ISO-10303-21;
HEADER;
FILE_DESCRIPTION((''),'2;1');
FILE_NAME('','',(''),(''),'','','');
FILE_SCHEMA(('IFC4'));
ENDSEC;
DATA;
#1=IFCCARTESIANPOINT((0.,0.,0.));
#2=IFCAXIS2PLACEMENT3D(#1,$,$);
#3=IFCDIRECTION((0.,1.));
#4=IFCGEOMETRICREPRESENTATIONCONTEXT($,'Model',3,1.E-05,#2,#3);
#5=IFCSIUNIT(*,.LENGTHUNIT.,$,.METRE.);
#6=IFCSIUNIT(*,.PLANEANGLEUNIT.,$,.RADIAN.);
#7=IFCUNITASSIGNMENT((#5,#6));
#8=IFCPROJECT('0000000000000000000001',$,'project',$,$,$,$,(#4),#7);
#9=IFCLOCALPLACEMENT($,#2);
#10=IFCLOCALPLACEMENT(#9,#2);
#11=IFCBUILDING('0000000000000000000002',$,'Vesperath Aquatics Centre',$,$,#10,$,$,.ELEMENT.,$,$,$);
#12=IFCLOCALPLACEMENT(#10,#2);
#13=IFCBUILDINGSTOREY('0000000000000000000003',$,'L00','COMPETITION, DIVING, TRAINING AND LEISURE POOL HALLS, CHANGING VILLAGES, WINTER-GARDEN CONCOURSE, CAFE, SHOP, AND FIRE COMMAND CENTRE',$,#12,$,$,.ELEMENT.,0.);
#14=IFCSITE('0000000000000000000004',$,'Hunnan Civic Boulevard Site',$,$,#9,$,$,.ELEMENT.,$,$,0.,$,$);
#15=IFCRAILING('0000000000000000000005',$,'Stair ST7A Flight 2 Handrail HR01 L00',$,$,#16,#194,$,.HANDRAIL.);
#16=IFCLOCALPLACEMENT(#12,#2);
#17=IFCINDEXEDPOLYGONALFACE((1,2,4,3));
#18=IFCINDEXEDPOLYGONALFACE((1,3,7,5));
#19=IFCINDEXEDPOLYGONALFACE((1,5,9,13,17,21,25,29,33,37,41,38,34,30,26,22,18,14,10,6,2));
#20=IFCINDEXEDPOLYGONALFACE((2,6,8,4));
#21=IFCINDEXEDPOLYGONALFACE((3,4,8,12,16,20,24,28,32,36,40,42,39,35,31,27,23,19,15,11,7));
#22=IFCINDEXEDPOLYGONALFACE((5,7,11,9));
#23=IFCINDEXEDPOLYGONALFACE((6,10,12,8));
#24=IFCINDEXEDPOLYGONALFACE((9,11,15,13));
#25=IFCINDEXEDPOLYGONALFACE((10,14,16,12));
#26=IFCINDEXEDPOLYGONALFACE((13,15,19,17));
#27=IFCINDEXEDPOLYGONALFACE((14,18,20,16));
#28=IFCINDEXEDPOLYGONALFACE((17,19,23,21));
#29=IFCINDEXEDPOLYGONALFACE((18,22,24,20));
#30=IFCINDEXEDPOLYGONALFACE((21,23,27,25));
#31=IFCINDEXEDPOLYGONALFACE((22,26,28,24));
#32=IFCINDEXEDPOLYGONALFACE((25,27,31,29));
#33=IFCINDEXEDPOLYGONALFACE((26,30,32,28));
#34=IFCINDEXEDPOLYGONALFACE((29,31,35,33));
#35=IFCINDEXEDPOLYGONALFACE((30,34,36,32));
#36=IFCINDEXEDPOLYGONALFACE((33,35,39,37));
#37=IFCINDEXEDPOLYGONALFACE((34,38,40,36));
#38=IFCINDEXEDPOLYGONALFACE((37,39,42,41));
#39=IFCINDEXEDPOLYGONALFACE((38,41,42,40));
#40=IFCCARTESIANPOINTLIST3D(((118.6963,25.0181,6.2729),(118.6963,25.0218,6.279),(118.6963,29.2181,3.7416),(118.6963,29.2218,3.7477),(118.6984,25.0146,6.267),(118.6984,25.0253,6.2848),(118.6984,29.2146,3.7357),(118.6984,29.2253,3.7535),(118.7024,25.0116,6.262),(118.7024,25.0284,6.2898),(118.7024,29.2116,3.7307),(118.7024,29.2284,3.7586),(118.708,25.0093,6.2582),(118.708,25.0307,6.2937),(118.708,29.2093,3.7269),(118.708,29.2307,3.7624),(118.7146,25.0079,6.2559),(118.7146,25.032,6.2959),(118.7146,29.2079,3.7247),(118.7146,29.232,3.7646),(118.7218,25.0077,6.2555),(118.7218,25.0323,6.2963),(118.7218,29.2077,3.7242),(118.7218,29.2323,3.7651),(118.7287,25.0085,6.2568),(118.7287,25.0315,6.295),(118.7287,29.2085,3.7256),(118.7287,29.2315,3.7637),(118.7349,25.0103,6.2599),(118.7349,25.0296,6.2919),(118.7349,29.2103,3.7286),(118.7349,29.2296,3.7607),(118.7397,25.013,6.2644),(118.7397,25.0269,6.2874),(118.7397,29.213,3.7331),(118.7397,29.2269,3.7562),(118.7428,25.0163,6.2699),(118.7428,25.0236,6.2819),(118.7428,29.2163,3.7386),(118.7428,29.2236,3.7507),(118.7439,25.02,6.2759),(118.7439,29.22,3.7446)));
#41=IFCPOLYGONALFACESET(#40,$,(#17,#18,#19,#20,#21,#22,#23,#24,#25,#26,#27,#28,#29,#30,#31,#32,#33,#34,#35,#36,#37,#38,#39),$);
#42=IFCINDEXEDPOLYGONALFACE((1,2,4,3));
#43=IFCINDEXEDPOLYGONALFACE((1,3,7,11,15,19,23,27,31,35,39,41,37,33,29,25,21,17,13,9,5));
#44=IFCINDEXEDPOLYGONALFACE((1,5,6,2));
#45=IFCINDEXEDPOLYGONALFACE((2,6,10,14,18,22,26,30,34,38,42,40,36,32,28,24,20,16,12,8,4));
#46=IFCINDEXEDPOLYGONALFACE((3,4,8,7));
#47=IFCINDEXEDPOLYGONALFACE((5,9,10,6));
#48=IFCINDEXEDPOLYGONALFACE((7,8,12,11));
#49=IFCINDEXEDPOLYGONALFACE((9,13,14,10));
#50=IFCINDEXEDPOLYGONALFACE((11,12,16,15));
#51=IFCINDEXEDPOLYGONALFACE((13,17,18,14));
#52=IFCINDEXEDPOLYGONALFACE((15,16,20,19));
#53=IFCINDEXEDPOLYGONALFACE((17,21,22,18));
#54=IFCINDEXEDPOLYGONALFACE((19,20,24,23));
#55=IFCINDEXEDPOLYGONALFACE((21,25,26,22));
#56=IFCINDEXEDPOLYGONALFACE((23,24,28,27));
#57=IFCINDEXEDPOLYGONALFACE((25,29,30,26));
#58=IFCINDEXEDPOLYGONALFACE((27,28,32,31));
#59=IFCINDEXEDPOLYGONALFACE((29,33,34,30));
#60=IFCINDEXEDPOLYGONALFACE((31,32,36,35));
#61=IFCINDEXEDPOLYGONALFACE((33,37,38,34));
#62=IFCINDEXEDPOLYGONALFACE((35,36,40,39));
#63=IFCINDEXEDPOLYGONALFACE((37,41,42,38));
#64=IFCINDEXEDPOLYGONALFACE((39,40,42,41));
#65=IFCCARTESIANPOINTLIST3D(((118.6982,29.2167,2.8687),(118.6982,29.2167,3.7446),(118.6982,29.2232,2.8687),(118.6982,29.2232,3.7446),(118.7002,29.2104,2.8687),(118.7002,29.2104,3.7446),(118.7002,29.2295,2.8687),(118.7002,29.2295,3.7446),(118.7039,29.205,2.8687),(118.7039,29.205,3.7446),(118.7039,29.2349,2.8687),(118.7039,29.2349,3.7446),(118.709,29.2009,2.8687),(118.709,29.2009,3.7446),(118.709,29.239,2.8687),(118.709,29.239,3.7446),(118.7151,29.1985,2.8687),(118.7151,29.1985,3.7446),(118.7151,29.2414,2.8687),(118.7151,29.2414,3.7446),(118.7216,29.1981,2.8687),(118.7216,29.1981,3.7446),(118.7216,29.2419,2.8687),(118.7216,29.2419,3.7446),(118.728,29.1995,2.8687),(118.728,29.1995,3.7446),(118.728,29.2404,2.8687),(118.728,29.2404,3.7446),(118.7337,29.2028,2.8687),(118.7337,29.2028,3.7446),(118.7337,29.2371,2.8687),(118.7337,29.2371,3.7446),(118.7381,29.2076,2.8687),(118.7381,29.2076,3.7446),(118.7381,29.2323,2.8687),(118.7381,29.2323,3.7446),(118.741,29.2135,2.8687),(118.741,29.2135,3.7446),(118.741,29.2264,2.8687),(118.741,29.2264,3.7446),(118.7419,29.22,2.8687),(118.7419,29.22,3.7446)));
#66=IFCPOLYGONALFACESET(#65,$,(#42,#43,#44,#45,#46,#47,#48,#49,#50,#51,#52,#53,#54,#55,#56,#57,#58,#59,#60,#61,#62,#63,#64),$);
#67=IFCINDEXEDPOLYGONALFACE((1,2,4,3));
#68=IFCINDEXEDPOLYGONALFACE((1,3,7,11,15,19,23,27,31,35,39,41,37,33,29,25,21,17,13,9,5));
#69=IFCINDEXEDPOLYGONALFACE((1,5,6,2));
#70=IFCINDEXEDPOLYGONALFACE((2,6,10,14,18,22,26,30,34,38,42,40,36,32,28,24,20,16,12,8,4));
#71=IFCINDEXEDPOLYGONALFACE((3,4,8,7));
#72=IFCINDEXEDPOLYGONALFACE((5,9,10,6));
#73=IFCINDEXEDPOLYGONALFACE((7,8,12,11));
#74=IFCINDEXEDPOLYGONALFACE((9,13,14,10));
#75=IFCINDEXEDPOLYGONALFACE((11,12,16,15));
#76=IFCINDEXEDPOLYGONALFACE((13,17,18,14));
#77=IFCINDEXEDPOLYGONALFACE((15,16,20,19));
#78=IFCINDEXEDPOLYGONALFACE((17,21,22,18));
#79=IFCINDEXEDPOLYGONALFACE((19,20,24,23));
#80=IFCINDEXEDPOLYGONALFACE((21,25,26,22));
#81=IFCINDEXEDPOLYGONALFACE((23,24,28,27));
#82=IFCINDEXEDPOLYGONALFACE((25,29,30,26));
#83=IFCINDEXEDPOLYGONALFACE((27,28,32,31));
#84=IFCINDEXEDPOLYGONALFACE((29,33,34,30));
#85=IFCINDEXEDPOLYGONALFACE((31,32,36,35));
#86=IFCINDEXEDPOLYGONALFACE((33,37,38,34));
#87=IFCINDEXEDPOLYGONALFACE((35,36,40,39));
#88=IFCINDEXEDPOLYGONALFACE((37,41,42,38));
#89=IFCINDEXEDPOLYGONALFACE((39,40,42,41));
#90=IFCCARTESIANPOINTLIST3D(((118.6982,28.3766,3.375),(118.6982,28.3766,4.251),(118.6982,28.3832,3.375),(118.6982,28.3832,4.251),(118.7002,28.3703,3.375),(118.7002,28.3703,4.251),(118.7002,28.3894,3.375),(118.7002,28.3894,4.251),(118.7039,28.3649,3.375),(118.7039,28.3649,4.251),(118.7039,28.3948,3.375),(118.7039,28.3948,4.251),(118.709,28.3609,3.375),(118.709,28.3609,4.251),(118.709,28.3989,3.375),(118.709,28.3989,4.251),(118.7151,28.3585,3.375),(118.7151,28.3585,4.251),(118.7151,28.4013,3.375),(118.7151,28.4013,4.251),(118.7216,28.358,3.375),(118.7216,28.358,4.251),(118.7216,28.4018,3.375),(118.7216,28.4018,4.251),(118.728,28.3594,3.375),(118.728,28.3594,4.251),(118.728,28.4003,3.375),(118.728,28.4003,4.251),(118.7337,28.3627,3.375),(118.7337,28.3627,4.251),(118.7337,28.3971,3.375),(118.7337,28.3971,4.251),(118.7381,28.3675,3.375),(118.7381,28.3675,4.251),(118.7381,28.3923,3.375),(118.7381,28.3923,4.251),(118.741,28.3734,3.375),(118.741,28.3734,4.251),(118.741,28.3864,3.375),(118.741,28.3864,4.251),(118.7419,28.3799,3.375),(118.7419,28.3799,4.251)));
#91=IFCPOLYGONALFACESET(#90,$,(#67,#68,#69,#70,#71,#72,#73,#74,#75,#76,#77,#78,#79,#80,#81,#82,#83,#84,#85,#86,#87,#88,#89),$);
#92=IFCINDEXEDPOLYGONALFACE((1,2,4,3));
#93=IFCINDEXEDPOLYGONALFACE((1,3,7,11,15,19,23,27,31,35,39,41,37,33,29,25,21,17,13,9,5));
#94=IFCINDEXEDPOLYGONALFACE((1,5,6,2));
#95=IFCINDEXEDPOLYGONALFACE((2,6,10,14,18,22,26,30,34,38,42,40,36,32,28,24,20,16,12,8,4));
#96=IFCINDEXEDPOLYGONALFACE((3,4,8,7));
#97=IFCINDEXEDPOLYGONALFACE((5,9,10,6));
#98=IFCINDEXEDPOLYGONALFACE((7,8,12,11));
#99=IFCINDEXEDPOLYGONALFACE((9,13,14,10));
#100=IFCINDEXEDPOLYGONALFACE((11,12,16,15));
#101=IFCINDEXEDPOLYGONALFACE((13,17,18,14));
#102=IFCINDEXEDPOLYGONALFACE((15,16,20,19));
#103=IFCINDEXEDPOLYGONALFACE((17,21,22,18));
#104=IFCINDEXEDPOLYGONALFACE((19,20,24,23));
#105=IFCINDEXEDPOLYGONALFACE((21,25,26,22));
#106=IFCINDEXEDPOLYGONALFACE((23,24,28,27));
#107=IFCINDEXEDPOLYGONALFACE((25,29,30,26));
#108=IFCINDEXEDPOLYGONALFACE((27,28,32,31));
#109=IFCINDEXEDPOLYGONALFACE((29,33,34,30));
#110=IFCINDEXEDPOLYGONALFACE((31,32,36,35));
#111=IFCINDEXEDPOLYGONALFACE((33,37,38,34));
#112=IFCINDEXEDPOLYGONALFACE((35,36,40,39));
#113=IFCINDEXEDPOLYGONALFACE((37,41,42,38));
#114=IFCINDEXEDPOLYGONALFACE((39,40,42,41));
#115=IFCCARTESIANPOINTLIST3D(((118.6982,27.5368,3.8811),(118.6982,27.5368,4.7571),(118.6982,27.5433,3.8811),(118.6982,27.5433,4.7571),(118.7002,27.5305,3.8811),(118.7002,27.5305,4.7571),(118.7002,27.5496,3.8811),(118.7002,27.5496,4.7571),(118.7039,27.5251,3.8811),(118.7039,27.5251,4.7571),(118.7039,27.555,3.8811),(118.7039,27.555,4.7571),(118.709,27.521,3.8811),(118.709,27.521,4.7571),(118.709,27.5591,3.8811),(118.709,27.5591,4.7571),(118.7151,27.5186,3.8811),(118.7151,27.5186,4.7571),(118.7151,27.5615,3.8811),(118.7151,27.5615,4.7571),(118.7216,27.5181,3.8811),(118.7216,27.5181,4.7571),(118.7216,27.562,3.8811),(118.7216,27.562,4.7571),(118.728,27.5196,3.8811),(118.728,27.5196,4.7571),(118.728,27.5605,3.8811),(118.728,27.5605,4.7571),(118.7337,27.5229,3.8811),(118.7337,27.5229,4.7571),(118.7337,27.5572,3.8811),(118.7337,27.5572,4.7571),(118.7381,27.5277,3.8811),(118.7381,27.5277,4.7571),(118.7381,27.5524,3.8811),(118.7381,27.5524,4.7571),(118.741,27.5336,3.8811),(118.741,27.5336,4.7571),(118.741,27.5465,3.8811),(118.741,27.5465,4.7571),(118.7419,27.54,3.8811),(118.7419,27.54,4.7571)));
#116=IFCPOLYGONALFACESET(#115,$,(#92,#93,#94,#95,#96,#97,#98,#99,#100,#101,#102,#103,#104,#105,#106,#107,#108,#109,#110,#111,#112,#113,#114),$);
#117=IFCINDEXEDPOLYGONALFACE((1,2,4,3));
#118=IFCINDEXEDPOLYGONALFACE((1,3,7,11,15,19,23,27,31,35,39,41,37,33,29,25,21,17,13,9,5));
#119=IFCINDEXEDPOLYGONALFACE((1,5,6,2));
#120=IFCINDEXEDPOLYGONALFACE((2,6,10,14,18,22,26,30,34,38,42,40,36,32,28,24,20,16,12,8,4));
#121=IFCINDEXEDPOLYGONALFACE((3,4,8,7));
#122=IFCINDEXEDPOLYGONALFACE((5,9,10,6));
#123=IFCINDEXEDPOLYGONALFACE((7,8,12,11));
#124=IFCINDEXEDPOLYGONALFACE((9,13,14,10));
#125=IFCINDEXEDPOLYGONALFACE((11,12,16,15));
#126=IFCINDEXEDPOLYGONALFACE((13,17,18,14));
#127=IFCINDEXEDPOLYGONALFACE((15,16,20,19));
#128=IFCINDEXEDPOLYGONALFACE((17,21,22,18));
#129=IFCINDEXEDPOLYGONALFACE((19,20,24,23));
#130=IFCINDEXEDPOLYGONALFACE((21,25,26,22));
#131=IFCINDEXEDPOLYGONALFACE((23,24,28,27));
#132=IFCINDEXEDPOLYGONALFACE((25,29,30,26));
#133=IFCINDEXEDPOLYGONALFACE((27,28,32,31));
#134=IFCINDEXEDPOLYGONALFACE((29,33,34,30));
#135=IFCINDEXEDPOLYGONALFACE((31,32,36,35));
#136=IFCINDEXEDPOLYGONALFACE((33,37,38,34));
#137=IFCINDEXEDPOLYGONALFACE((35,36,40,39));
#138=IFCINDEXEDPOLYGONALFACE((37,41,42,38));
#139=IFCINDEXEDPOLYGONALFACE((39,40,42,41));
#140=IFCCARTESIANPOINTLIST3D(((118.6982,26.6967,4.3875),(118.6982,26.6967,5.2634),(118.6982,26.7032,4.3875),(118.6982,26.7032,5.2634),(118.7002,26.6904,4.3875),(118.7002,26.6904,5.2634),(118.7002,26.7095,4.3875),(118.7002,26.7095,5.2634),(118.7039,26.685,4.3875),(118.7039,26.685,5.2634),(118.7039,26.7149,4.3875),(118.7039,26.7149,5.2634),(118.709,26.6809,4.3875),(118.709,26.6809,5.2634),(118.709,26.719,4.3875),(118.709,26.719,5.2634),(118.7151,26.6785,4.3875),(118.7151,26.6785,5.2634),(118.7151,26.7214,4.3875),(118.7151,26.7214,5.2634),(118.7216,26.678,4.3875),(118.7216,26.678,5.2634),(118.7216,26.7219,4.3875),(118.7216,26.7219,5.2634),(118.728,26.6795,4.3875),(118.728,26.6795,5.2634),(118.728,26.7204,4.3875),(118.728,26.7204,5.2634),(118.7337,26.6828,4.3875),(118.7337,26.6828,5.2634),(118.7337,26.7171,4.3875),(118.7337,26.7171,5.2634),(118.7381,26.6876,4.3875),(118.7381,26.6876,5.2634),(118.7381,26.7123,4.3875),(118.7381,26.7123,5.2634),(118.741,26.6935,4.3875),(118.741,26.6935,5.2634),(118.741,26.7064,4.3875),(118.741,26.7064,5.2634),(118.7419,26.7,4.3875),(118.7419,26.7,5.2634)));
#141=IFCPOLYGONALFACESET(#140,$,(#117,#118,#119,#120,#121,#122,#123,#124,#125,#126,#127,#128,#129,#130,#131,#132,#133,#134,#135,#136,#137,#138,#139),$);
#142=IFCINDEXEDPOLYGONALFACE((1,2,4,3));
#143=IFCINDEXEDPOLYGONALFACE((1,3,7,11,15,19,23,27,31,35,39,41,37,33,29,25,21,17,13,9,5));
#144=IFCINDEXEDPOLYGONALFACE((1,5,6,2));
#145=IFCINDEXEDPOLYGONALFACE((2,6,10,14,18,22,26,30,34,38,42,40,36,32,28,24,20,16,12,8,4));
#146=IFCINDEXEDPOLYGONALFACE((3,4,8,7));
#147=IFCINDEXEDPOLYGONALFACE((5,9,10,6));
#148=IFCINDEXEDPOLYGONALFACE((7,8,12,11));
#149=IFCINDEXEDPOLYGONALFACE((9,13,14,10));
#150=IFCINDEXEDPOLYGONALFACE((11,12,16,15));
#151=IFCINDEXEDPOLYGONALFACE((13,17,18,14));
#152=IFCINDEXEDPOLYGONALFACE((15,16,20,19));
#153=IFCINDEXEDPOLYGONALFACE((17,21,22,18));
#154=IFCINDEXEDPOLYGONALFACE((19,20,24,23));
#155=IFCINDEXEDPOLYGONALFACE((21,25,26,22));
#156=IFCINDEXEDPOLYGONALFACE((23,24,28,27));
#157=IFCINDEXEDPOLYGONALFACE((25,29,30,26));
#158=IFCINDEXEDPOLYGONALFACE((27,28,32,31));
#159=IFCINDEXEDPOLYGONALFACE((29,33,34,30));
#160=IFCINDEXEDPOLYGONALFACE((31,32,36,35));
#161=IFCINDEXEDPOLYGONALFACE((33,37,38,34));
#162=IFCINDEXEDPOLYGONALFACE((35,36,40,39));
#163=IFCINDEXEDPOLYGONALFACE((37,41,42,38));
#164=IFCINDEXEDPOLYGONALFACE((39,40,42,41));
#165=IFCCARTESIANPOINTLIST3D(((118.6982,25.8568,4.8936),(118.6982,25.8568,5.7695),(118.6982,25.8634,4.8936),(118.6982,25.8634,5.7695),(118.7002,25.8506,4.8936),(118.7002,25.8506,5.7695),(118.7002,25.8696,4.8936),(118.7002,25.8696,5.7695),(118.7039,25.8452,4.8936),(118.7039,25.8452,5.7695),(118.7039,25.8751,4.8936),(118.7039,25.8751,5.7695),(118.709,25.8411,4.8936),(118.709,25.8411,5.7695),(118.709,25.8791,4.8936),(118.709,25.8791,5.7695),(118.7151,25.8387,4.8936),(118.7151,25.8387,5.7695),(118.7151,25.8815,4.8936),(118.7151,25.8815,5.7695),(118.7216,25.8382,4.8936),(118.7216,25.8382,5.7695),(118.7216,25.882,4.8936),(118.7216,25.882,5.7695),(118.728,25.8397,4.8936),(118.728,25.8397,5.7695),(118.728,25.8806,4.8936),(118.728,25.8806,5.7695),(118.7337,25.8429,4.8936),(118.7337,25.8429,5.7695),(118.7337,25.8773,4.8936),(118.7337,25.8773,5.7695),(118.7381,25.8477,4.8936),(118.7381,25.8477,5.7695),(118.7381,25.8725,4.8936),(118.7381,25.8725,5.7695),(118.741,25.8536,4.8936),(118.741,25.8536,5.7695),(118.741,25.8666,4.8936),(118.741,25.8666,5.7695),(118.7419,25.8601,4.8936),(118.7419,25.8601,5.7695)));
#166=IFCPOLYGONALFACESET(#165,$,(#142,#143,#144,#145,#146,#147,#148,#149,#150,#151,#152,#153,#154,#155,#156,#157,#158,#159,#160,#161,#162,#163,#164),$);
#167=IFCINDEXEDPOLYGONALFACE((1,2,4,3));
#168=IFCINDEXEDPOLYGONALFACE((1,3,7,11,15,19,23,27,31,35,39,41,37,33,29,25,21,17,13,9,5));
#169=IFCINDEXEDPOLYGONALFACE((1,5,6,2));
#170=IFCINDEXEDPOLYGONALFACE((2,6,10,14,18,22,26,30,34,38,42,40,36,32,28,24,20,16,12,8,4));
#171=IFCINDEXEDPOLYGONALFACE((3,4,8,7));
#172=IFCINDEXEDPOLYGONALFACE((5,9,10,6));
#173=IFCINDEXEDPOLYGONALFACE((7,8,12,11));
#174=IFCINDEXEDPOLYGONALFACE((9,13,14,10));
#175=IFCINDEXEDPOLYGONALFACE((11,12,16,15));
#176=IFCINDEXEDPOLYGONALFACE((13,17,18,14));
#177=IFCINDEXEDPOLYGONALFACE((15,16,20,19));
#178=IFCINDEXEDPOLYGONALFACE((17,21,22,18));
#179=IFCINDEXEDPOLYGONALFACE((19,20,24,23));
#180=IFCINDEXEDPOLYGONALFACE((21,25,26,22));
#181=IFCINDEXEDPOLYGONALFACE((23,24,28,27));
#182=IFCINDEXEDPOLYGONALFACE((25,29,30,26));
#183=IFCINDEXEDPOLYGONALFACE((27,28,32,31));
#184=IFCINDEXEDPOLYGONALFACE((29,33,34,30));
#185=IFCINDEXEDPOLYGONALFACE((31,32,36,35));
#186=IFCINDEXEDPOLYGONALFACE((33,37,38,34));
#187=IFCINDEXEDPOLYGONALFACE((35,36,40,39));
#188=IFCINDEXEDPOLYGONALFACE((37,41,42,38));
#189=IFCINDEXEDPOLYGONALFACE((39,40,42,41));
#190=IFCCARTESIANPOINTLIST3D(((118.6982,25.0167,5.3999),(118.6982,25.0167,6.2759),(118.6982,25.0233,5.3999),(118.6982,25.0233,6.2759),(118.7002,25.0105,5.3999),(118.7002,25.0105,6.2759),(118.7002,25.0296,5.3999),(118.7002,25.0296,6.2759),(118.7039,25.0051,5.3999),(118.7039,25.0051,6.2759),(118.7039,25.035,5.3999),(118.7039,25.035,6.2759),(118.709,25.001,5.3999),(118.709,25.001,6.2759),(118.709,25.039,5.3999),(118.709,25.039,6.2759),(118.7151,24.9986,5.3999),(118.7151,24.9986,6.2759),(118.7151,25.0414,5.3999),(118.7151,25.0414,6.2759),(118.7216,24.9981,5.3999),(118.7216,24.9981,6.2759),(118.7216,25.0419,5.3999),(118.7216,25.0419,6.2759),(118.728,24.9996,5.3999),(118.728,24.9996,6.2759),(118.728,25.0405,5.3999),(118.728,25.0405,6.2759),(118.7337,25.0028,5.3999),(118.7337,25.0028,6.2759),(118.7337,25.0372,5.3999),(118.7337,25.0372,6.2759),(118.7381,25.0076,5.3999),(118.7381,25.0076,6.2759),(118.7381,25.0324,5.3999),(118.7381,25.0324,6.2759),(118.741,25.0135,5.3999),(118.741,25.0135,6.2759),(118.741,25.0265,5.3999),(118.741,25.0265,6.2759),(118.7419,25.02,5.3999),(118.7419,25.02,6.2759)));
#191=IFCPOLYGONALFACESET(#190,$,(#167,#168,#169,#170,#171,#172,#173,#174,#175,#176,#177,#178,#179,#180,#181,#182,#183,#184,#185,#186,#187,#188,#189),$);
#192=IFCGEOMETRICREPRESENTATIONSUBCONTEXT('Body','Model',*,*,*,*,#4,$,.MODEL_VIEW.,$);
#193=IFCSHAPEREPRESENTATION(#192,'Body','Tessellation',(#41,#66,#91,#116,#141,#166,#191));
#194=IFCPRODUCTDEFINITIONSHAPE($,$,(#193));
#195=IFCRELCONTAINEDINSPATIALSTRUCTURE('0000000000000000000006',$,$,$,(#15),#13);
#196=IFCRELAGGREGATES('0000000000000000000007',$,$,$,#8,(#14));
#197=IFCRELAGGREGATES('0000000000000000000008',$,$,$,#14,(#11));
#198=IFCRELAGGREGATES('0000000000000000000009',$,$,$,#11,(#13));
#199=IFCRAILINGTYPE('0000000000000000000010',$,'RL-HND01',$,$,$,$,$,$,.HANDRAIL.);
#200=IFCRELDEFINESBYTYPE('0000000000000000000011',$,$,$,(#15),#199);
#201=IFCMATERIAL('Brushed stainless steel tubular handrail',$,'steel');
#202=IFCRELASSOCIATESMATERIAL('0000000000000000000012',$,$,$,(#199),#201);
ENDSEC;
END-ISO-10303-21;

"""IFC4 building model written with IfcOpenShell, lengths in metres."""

from ifc_helpers import new_model, si_unit, direction, frame, origin, origin_2d, place, context, subcontext, project, spatial, circle, extrude, material, type_object, element, save


model = new_model("IFC4")

# Units and contexts
model_context = context("Model", 3, precision=1e-05, world=origin(), true_north=direction((0.0, 1.0)))
body_context = subcontext(model_context, "Body", "Model", "MODEL_VIEW")
ifc_project = project(units=[si_unit("LENGTHUNIT", "METRE"), si_unit("PLANEANGLEUNIT", "RADIAN")], contexts=[model_context])

# Site, building, storey
site_placement = place(None, origin())
site = spatial("IfcSite", under=ifc_project, at=site_placement, Name="Hunnan Civic Boulevard Site", CompositionType="ELEMENT", RefElevation=0.0)
building_placement = place(site_placement, origin())
building = spatial("IfcBuilding", under=site, at=building_placement, Name="Vesperath Aquatics Centre", CompositionType="ELEMENT")
storey_placement = place(building_placement, origin())
storey = spatial("IfcBuildingStorey", under=building, at=storey_placement, Name="L00", Description="COMPETITION, DIVING, TRAINING AND LEISURE POOL HALLS, CHANGING VILLAGES, WINTER-GARDEN CONCOURSE, CAFE, SHOP, AND FIRE COMMAND CENTRE", CompositionType="ELEMENT", Elevation=0.0)

# Railing
ifc_material_1 = material(Name="Brushed stainless steel tubular handrail", Category="steel")
railing_type_1 = type_object("IfcRailingType", Name="RL-HND01", PredefinedType="HANDRAIL", material=ifc_material_1)
railing_1_placement = place(storey_placement, frame((118.72, 29.22, 2.8687)))
element("IfcRailing", 1, at=railing_1_placement, inside=storey, type_object=railing_type_1, Name="Stair ST7A Flight 2 Handrail HR01 L00", PredefinedType="HANDRAIL", context=body_context, shape_type="SweptSolid", body=[
    extrude(circle(Radius=0.0239, at=origin_2d()), frame((0.0, 0.0, 0.876), z_axis=(0.0, -0.856476, 0.516186), x_axis=(1.0, 0.0, 0.0)), (0.0, 0.0, 1.0), 4.9038),
    extrude(circle(Radius=0.022, at=origin_2d()), origin(), (0.0, 0.0, 1.0), 0.876),
    extrude(circle(Radius=0.022, at=origin_2d()), frame((0.0, -0.8401, 0.5063)), (0.0, 0.0, 1.0), 0.876),
    extrude(circle(Radius=0.022, at=origin_2d()), frame((0.0, -1.6799, 1.0125)), (0.0, 0.0, 1.0), 0.876),
    extrude(circle(Radius=0.022, at=origin_2d()), frame((0.0, -2.52, 1.5188)), (0.0, 0.0, 1.0), 0.876),
    extrude(circle(Radius=0.022, at=origin_2d()), frame((0.0, -3.3599, 2.0249)), (0.0, 0.0, 1.0), 0.876),
    extrude(circle(Radius=0.022, at=origin_2d()), frame((0.0, -4.2, 2.5312)), (0.0, 0.0, 1.0), 0.876),
])

save(model, "model.ifc")
